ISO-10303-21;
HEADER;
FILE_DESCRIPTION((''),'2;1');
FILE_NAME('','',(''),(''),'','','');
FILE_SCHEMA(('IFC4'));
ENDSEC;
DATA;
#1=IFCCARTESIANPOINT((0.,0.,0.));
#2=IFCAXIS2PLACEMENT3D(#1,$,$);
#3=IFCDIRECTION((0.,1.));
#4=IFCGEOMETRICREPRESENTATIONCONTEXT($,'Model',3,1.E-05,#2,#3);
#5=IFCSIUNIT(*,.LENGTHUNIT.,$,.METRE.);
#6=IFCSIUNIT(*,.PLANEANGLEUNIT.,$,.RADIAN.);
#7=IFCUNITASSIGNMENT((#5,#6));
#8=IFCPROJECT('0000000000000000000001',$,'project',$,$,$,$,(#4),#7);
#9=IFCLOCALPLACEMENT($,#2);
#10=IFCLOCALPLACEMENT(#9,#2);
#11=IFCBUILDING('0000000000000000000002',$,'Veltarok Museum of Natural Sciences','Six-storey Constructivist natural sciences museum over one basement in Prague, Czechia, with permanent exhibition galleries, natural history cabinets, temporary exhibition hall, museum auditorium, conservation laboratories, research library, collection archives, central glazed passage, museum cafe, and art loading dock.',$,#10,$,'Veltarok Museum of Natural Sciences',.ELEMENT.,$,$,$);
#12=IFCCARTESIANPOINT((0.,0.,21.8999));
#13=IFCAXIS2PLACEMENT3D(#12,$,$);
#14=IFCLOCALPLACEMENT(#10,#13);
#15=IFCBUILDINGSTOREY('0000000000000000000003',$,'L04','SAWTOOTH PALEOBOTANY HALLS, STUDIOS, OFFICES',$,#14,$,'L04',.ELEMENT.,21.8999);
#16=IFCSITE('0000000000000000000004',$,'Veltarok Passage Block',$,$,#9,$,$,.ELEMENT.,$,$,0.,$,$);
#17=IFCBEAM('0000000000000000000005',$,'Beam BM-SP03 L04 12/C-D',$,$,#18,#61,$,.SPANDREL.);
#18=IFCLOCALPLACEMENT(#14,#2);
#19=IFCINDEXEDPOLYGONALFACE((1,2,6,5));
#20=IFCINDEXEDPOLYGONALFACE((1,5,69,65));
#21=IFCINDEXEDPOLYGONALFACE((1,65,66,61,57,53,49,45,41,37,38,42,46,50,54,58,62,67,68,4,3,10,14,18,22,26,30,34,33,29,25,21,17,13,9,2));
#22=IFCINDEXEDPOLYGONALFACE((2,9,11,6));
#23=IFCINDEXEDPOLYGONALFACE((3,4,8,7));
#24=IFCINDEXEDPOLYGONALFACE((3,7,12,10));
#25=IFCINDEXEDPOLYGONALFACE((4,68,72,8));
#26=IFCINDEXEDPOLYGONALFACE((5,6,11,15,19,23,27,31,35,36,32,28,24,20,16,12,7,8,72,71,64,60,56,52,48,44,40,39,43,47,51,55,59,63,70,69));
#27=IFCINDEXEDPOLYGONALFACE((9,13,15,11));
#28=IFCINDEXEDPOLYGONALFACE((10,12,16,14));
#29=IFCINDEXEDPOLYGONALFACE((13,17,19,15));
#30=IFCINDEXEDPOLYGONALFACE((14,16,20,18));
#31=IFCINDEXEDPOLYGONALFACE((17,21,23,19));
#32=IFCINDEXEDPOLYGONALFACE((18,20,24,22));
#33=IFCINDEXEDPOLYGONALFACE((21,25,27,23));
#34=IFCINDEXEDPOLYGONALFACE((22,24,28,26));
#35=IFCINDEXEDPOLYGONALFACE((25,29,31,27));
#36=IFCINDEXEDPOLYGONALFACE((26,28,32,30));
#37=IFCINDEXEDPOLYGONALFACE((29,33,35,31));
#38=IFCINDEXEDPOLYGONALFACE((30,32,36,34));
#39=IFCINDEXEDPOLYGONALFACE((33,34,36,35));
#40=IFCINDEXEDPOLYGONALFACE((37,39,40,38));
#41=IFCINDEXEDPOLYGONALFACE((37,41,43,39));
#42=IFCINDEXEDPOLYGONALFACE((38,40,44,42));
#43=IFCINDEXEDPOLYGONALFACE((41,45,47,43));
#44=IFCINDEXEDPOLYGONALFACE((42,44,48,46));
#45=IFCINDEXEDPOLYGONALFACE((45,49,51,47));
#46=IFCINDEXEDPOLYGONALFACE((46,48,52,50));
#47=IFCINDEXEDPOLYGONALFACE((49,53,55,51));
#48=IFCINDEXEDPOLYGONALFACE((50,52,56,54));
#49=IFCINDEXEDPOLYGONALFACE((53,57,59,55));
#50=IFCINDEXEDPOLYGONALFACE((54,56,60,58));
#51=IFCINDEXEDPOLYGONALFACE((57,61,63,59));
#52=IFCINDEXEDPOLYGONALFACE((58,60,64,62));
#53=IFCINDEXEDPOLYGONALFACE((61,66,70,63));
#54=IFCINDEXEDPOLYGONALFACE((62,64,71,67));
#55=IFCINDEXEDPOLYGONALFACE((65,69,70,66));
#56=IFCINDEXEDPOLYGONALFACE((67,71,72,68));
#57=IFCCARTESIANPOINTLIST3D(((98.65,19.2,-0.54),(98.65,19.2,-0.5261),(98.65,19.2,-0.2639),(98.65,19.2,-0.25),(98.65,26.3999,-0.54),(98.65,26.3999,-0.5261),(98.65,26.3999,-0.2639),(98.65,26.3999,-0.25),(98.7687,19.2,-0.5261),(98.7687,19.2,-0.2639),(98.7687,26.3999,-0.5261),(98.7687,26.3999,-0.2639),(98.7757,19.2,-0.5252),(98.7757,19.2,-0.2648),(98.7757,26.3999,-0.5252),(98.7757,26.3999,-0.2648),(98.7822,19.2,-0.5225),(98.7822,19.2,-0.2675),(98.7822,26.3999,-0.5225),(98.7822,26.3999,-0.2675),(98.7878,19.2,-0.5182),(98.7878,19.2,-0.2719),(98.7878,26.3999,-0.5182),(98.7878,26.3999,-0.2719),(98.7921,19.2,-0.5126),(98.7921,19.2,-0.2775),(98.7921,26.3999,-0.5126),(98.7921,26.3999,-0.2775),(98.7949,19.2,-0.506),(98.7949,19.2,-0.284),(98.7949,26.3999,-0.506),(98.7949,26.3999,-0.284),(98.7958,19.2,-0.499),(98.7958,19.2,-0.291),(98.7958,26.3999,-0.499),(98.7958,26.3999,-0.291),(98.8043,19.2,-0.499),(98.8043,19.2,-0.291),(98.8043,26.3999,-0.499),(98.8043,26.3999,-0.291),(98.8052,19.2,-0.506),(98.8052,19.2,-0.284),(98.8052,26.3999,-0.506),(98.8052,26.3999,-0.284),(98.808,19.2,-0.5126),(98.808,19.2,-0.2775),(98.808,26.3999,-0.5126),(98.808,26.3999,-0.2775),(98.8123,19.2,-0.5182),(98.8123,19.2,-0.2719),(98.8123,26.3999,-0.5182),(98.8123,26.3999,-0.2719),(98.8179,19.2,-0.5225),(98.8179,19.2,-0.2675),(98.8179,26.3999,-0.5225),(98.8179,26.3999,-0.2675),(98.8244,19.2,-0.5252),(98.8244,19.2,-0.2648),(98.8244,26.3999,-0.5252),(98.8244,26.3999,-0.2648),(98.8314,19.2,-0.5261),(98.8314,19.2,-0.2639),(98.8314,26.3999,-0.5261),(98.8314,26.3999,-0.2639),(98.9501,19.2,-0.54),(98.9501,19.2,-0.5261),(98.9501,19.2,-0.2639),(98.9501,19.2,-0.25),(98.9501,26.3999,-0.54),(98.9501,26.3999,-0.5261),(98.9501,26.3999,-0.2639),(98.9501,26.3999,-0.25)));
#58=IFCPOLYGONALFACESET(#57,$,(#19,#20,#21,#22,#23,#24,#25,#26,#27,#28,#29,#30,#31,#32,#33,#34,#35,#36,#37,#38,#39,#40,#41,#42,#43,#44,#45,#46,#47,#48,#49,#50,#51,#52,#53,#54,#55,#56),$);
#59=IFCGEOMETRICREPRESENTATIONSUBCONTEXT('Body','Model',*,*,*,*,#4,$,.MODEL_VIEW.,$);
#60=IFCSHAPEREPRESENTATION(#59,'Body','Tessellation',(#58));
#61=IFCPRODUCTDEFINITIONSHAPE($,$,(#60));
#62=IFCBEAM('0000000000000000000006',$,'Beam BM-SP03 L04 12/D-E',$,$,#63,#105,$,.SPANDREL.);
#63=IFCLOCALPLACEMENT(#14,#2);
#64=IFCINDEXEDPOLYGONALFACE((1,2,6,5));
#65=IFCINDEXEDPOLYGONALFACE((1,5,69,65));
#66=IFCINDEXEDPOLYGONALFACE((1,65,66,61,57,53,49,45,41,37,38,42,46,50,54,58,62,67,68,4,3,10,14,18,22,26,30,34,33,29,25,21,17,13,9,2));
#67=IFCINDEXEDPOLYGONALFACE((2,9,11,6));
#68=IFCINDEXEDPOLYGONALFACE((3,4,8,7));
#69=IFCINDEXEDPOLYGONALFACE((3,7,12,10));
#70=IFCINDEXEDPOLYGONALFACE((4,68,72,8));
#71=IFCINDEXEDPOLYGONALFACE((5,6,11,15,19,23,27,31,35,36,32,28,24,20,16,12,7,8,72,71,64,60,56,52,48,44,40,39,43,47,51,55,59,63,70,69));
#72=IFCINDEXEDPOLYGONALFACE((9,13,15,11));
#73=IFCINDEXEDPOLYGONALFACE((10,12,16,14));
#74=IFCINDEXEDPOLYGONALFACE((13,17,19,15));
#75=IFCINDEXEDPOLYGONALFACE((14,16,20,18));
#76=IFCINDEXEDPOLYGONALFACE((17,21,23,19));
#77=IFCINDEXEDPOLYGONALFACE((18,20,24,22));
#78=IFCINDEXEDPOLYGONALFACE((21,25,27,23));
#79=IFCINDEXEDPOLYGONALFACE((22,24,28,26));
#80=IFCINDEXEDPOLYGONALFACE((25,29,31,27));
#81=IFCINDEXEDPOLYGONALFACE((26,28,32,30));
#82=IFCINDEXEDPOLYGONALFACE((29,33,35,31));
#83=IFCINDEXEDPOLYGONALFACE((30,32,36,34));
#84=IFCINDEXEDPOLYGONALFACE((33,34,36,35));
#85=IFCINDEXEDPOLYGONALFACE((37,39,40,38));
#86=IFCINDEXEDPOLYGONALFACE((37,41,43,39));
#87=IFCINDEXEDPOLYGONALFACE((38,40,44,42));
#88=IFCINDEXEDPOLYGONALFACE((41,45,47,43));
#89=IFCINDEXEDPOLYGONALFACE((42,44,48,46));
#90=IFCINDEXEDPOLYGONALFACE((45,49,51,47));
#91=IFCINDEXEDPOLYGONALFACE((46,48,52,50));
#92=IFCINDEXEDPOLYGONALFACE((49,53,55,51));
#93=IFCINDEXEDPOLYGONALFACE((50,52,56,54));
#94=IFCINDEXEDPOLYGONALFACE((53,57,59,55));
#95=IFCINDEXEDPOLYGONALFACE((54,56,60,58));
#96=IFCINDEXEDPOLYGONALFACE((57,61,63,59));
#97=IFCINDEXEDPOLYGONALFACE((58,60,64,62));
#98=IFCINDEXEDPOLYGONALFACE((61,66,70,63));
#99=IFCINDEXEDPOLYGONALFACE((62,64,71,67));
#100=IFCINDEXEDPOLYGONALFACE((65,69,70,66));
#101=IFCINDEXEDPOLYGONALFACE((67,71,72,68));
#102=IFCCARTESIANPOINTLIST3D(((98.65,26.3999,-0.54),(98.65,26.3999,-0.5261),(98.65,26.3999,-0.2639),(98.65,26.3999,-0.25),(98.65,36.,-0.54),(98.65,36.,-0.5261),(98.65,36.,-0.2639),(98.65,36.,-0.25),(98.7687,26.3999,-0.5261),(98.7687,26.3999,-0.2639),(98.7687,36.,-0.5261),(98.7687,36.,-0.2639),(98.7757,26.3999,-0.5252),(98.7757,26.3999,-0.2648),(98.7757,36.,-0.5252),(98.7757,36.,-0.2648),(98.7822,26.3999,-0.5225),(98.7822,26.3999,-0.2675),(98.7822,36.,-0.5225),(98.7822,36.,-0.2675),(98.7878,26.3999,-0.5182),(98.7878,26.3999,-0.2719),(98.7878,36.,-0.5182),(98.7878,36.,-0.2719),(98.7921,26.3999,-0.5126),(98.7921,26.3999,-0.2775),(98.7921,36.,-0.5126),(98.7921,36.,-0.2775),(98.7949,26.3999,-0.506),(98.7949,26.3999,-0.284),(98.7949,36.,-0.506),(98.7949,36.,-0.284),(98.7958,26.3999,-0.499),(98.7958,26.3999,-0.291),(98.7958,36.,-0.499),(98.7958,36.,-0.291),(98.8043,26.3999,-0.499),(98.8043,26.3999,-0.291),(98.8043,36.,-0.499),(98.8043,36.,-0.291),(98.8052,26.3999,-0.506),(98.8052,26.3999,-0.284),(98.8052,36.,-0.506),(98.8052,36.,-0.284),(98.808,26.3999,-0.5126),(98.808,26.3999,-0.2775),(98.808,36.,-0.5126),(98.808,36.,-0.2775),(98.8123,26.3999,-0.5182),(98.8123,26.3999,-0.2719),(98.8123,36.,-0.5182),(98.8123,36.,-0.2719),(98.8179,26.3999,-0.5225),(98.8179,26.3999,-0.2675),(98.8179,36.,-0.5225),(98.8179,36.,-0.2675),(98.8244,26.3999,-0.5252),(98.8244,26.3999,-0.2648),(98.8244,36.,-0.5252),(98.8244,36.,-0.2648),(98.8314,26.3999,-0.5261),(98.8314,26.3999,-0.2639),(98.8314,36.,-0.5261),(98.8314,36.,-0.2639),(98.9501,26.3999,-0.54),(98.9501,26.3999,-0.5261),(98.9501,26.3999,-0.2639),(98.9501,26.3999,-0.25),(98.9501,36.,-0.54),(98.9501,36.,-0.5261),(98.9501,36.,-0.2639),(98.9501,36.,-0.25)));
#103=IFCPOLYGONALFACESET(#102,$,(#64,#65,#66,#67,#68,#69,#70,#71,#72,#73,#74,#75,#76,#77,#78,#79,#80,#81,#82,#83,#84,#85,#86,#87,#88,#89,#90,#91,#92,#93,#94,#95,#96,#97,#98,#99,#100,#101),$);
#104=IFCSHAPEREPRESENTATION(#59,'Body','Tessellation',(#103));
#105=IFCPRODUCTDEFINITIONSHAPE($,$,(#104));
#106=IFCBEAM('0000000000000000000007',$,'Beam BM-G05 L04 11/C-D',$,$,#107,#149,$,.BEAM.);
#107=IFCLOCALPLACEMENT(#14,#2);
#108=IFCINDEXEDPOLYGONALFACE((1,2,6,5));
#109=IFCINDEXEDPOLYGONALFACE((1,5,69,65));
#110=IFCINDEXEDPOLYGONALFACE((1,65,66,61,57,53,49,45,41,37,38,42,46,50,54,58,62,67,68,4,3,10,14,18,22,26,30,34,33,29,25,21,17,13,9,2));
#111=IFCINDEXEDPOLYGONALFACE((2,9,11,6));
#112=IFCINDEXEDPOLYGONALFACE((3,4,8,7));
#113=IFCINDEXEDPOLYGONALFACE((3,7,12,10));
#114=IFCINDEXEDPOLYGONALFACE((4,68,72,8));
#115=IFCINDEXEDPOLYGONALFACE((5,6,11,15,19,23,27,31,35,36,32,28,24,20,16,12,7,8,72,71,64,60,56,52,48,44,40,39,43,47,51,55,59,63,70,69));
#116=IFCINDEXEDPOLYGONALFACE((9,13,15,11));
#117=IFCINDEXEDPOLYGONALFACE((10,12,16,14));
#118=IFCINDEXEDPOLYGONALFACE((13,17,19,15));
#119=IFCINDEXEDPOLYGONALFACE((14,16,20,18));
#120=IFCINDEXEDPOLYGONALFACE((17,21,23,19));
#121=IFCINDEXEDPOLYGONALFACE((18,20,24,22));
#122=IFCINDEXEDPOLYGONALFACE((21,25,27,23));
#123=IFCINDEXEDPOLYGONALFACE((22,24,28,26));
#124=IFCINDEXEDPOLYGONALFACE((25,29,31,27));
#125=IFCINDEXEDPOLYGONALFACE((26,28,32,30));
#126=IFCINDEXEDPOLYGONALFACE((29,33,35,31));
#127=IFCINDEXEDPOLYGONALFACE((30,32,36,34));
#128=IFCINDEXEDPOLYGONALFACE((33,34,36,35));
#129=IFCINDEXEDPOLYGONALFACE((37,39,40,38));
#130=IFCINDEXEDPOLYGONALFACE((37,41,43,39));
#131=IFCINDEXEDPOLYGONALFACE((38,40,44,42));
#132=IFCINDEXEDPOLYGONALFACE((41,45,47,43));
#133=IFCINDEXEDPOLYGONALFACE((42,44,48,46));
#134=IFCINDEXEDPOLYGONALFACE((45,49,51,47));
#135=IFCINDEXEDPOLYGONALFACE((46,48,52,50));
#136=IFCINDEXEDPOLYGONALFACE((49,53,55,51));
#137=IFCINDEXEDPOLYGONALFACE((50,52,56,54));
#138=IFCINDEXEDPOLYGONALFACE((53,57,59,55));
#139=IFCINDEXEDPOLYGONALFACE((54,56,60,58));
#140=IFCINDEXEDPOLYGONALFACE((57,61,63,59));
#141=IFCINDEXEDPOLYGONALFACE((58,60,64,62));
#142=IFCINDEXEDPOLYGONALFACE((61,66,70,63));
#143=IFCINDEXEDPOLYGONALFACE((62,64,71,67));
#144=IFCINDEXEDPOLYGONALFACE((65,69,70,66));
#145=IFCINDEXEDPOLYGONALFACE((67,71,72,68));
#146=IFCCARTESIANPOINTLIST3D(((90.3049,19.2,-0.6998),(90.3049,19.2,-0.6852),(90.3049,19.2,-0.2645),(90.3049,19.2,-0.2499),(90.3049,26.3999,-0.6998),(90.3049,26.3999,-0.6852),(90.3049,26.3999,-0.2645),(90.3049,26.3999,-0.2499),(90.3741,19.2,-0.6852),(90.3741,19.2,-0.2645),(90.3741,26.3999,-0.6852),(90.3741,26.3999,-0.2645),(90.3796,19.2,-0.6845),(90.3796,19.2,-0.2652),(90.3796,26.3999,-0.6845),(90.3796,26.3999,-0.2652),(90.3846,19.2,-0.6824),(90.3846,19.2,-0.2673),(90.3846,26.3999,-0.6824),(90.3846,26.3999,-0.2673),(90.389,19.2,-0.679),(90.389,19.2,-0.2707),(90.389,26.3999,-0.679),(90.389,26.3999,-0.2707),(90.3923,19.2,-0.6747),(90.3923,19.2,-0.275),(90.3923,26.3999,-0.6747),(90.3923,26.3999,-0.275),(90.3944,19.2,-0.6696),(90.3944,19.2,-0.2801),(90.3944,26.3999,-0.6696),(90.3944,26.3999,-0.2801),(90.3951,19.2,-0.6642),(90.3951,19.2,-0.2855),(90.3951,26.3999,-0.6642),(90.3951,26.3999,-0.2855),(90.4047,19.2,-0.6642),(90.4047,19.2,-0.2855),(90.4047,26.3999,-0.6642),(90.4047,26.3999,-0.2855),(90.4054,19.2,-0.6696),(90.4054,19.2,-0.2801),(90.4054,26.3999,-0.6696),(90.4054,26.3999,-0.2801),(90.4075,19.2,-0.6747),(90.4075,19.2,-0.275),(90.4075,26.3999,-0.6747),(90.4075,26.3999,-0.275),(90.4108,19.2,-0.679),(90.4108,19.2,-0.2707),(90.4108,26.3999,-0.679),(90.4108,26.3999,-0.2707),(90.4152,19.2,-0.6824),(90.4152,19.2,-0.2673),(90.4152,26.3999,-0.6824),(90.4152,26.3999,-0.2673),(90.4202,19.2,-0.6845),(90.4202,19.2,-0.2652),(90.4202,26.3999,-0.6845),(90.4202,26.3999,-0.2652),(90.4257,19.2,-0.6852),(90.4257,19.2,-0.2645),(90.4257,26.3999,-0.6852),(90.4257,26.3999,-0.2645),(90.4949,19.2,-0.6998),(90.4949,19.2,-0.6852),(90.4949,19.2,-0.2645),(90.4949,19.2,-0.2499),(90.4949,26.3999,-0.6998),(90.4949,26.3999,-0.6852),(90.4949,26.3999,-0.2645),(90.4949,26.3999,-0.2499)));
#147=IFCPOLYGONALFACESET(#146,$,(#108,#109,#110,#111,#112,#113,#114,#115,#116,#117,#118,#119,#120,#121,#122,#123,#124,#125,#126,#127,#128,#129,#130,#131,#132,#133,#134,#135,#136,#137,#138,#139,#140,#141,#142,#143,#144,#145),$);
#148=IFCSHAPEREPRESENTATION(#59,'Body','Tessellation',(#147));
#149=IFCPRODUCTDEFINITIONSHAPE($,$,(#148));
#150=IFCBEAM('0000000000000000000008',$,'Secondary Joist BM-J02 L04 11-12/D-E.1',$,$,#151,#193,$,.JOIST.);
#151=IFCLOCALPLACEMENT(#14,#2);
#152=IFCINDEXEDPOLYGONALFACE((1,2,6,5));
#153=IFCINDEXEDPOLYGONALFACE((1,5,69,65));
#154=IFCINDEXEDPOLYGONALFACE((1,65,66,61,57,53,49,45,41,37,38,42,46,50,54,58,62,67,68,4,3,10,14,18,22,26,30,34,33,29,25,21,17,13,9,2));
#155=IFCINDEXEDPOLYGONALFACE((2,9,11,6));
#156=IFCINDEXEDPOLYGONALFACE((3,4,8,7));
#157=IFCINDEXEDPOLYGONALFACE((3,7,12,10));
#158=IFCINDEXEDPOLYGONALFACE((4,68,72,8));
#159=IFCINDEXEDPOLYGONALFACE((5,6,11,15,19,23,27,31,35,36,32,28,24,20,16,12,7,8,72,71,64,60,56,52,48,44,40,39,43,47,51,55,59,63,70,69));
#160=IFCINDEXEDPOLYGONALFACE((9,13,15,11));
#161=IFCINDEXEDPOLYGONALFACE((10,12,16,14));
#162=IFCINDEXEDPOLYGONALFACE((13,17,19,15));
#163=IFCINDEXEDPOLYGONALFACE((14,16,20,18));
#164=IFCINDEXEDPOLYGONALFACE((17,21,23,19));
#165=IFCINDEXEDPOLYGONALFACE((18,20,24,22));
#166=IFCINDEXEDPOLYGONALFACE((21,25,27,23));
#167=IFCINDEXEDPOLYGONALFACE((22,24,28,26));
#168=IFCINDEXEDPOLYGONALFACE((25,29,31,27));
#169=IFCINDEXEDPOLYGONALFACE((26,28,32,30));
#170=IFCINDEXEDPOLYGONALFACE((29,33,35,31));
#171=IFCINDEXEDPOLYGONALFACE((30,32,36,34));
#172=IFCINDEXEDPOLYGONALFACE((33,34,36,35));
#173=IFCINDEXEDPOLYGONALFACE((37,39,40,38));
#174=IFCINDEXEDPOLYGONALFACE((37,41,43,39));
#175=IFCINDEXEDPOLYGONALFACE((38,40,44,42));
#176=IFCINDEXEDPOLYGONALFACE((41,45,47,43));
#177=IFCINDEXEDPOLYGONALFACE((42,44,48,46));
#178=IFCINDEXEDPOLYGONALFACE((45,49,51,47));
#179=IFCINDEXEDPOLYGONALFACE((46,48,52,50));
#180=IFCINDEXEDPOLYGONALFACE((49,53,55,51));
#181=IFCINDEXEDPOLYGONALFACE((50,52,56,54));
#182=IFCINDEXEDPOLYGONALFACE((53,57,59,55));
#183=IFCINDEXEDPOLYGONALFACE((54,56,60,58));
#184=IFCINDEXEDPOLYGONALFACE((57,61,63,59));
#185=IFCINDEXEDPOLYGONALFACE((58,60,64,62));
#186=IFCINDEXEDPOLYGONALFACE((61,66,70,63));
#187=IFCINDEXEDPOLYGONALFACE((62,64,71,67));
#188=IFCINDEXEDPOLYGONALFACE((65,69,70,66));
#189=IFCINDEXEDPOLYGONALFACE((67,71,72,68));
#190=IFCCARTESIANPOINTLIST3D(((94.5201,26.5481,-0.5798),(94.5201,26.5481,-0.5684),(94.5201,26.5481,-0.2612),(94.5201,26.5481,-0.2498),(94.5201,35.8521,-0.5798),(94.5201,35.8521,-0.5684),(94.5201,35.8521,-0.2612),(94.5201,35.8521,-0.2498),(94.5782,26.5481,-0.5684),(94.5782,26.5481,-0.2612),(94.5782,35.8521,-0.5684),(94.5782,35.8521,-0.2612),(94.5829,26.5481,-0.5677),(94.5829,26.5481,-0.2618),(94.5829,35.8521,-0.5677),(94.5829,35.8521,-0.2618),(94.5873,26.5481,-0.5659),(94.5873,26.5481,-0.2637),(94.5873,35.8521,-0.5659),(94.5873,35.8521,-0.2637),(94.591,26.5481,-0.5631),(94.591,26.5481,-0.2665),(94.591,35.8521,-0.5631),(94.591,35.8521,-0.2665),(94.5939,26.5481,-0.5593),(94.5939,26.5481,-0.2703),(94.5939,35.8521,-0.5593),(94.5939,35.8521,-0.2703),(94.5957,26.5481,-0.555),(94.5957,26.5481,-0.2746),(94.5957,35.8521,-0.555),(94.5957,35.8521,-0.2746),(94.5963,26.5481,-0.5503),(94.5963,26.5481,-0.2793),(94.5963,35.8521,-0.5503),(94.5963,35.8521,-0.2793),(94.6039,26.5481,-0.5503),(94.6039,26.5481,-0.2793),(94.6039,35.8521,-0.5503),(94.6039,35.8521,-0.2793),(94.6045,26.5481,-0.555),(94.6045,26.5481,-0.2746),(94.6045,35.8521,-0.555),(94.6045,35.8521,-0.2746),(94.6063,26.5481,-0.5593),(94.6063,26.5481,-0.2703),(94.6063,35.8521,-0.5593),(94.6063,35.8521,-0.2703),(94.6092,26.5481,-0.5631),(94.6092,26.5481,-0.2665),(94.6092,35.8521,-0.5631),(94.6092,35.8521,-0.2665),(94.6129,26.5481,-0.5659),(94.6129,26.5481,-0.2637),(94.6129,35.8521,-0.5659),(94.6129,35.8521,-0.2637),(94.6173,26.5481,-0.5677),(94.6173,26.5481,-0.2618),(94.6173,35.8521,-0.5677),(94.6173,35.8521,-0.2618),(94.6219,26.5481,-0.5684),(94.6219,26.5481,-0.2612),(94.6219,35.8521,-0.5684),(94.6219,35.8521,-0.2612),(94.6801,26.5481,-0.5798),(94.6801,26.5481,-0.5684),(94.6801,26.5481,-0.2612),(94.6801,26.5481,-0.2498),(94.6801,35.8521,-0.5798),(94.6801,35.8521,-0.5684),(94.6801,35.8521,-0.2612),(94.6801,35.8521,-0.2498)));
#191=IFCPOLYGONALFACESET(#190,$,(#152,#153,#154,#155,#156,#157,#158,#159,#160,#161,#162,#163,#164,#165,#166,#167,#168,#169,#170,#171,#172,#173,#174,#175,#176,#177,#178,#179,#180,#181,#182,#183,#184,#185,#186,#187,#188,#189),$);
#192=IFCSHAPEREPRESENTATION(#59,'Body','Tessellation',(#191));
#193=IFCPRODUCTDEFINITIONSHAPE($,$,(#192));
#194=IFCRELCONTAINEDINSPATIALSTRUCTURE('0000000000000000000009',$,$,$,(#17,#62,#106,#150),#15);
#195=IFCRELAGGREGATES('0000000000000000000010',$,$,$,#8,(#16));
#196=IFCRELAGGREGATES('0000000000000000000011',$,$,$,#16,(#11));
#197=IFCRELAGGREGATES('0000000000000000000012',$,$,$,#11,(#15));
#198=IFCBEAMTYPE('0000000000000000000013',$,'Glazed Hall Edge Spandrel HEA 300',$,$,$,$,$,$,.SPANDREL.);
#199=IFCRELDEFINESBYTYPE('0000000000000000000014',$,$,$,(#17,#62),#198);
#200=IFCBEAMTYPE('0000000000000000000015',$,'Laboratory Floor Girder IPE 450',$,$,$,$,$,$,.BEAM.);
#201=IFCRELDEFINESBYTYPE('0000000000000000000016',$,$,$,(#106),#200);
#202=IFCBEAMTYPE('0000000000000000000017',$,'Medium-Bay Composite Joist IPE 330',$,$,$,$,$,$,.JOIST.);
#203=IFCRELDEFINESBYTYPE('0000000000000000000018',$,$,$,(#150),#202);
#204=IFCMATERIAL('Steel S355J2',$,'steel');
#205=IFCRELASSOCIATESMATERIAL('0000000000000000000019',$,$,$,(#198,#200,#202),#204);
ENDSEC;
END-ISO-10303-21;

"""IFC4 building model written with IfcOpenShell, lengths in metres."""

from ifc_helpers import new_model, si_unit, direction, frame, origin, origin_2d, place, context, subcontext, project, spatial, i_section, extrude, material, material_profile, profile_set, type_object, element, save


model = new_model("IFC4")

# Units and contexts
model_context = context("Model", 3, precision=1e-05, world=origin(), true_north=direction((0.0, 1.0)))
body_context = subcontext(model_context, "Body", "Model", "MODEL_VIEW")
ifc_project = project(units=[si_unit("LENGTHUNIT", "METRE"), si_unit("PLANEANGLEUNIT", "RADIAN")], contexts=[model_context])

# Site, building, storey
site_placement = place(None, origin())
site = spatial("IfcSite", under=ifc_project, at=site_placement, Name="Veltarok Passage Block", CompositionType="ELEMENT", RefElevation=0.0)
building_placement = place(site_placement, origin())
building = spatial("IfcBuilding", under=site, at=building_placement, Name="Veltarok Museum of Natural Sciences", Description="Six-storey Constructivist natural sciences museum over one basement in Prague, Czechia, with permanent exhibition galleries, natural history cabinets, temporary exhibition hall, museum auditorium, conservation laboratories, research library, collection archives, central glazed passage, museum cafe, and art loading dock.", LongName="Veltarok Museum of Natural Sciences", CompositionType="ELEMENT")
storey_placement = place(building_placement, frame((0.0, 0.0, 21.8999)))
storey = spatial("IfcBuildingStorey", under=building, at=storey_placement, Name="L04", Description="SAWTOOTH PALEOBOTANY HALLS, STUDIOS, OFFICES", LongName="L04", CompositionType="ELEMENT", Elevation=21.8999)

# Shared definitions
ifc_material_1 = material(Name="Steel S355J2", Category="steel")

# Beams
ifc_material_profile_1 = material_profile(ifc_material_1, i_section(OverallWidth=0.3, OverallDepth=0.29, WebThickness=0.0085, FlangeThickness=0.0139, FilletRadius=0.0271, at=origin_2d()), Name="HEA 300")
ifc_profile_set_1 = profile_set([ifc_material_profile_1], Name="Steel S355J2")
beam_type_1 = type_object("IfcBeamType", Name="Glazed Hall Edge Spandrel HEA 300", PredefinedType="SPANDREL", material=ifc_profile_set_1)
beam_1_placement = place(storey_placement, frame((98.8, 19.2, -0.395), z_axis=(0.0, 1.0, 0.0), x_axis=(-1.0, 0.0, 0.0)))
element("IfcBeam", 1, at=beam_1_placement, inside=storey, type_object=beam_type_1, Name="Beam BM-SP03 L04 12/C-D", PredefinedType="SPANDREL", context=body_context, shape_type="SweptSolid", body=[
    extrude(i_section(OverallWidth=0.3, OverallDepth=0.29, WebThickness=0.0085, FlangeThickness=0.0139, FilletRadius=0.0271, at=origin_2d()), origin(), (0.0, 0.0, 1.0), 7.2),
])
beam_2_placement = place(storey_placement, frame((98.8, 26.3999, -0.395), z_axis=(0.0, 1.0, 0.0), x_axis=(-1.0, 0.0, 0.0)))
element("IfcBeam", 2, at=beam_2_placement, inside=storey, type_object=beam_type_1, Name="Beam BM-SP03 L04 12/D-E", PredefinedType="SPANDREL", context=body_context, shape_type="SweptSolid", body=[
    extrude(i_section(OverallWidth=0.3, OverallDepth=0.29, WebThickness=0.0085, FlangeThickness=0.0139, FilletRadius=0.0271, at=origin_2d()), origin(), (0.0, 0.0, 1.0), 9.6001),
])
ifc_material_profile_2 = material_profile(ifc_material_1, i_section(OverallWidth=0.1899, OverallDepth=0.45, WebThickness=0.0095, FlangeThickness=0.0146, FilletRadius=0.021, at=origin_2d()), Name="IPE 450")
ifc_profile_set_2 = profile_set([ifc_material_profile_2], Name="Steel S355J2")
beam_type_2 = type_object("IfcBeamType", Name="Laboratory Floor Girder IPE 450", PredefinedType="BEAM", material=ifc_profile_set_2)
beam_3_placement = place(storey_placement, frame((90.3999, 19.2, -0.4749), z_axis=(0.0, 1.0, 0.0), x_axis=(-1.0, 0.0, 0.0)))
element("IfcBeam", 3, at=beam_3_placement, inside=storey, type_object=beam_type_2, Name="Beam BM-G05 L04 11/C-D", PredefinedType="BEAM", context=body_context, shape_type="SweptSolid", body=[
    extrude(i_section(OverallWidth=0.1899, OverallDepth=0.45, WebThickness=0.0095, FlangeThickness=0.0146, FilletRadius=0.021, at=origin_2d()), origin(), (0.0, 0.0, 1.0), 7.2),
])
ifc_material_profile_3 = material_profile(ifc_material_1, i_section(OverallWidth=0.1599, OverallDepth=0.3301, WebThickness=0.0076, FlangeThickness=0.0115, FilletRadius=0.0181, at=origin_2d()), Name="IPE 330")
ifc_profile_set_3 = profile_set([ifc_material_profile_3], Name="Steel S355J2")
beam_type_3 = type_object("IfcBeamType", Name="Medium-Bay Composite Joist IPE 330", PredefinedType="JOIST", material=ifc_profile_set_3)
beam_4_placement = place(storey_placement, frame((94.6001, 26.5481, -0.4148), z_axis=(0.0, 1.0, 0.0), x_axis=(-1.0, 0.0, 0.0)))
element("IfcBeam", 4, at=beam_4_placement, inside=storey, type_object=beam_type_3, Name="Secondary Joist BM-J02 L04 11-12/D-E.1", PredefinedType="JOIST", context=body_context, shape_type="SweptSolid", body=[
    extrude(i_section(OverallWidth=0.1599, OverallDepth=0.3301, WebThickness=0.0076, FlangeThickness=0.0115, FilletRadius=0.0181, at=origin_2d()), origin(), (0.0, 0.0, 1.0), 9.304),
])

save(model, "model.ifc")
